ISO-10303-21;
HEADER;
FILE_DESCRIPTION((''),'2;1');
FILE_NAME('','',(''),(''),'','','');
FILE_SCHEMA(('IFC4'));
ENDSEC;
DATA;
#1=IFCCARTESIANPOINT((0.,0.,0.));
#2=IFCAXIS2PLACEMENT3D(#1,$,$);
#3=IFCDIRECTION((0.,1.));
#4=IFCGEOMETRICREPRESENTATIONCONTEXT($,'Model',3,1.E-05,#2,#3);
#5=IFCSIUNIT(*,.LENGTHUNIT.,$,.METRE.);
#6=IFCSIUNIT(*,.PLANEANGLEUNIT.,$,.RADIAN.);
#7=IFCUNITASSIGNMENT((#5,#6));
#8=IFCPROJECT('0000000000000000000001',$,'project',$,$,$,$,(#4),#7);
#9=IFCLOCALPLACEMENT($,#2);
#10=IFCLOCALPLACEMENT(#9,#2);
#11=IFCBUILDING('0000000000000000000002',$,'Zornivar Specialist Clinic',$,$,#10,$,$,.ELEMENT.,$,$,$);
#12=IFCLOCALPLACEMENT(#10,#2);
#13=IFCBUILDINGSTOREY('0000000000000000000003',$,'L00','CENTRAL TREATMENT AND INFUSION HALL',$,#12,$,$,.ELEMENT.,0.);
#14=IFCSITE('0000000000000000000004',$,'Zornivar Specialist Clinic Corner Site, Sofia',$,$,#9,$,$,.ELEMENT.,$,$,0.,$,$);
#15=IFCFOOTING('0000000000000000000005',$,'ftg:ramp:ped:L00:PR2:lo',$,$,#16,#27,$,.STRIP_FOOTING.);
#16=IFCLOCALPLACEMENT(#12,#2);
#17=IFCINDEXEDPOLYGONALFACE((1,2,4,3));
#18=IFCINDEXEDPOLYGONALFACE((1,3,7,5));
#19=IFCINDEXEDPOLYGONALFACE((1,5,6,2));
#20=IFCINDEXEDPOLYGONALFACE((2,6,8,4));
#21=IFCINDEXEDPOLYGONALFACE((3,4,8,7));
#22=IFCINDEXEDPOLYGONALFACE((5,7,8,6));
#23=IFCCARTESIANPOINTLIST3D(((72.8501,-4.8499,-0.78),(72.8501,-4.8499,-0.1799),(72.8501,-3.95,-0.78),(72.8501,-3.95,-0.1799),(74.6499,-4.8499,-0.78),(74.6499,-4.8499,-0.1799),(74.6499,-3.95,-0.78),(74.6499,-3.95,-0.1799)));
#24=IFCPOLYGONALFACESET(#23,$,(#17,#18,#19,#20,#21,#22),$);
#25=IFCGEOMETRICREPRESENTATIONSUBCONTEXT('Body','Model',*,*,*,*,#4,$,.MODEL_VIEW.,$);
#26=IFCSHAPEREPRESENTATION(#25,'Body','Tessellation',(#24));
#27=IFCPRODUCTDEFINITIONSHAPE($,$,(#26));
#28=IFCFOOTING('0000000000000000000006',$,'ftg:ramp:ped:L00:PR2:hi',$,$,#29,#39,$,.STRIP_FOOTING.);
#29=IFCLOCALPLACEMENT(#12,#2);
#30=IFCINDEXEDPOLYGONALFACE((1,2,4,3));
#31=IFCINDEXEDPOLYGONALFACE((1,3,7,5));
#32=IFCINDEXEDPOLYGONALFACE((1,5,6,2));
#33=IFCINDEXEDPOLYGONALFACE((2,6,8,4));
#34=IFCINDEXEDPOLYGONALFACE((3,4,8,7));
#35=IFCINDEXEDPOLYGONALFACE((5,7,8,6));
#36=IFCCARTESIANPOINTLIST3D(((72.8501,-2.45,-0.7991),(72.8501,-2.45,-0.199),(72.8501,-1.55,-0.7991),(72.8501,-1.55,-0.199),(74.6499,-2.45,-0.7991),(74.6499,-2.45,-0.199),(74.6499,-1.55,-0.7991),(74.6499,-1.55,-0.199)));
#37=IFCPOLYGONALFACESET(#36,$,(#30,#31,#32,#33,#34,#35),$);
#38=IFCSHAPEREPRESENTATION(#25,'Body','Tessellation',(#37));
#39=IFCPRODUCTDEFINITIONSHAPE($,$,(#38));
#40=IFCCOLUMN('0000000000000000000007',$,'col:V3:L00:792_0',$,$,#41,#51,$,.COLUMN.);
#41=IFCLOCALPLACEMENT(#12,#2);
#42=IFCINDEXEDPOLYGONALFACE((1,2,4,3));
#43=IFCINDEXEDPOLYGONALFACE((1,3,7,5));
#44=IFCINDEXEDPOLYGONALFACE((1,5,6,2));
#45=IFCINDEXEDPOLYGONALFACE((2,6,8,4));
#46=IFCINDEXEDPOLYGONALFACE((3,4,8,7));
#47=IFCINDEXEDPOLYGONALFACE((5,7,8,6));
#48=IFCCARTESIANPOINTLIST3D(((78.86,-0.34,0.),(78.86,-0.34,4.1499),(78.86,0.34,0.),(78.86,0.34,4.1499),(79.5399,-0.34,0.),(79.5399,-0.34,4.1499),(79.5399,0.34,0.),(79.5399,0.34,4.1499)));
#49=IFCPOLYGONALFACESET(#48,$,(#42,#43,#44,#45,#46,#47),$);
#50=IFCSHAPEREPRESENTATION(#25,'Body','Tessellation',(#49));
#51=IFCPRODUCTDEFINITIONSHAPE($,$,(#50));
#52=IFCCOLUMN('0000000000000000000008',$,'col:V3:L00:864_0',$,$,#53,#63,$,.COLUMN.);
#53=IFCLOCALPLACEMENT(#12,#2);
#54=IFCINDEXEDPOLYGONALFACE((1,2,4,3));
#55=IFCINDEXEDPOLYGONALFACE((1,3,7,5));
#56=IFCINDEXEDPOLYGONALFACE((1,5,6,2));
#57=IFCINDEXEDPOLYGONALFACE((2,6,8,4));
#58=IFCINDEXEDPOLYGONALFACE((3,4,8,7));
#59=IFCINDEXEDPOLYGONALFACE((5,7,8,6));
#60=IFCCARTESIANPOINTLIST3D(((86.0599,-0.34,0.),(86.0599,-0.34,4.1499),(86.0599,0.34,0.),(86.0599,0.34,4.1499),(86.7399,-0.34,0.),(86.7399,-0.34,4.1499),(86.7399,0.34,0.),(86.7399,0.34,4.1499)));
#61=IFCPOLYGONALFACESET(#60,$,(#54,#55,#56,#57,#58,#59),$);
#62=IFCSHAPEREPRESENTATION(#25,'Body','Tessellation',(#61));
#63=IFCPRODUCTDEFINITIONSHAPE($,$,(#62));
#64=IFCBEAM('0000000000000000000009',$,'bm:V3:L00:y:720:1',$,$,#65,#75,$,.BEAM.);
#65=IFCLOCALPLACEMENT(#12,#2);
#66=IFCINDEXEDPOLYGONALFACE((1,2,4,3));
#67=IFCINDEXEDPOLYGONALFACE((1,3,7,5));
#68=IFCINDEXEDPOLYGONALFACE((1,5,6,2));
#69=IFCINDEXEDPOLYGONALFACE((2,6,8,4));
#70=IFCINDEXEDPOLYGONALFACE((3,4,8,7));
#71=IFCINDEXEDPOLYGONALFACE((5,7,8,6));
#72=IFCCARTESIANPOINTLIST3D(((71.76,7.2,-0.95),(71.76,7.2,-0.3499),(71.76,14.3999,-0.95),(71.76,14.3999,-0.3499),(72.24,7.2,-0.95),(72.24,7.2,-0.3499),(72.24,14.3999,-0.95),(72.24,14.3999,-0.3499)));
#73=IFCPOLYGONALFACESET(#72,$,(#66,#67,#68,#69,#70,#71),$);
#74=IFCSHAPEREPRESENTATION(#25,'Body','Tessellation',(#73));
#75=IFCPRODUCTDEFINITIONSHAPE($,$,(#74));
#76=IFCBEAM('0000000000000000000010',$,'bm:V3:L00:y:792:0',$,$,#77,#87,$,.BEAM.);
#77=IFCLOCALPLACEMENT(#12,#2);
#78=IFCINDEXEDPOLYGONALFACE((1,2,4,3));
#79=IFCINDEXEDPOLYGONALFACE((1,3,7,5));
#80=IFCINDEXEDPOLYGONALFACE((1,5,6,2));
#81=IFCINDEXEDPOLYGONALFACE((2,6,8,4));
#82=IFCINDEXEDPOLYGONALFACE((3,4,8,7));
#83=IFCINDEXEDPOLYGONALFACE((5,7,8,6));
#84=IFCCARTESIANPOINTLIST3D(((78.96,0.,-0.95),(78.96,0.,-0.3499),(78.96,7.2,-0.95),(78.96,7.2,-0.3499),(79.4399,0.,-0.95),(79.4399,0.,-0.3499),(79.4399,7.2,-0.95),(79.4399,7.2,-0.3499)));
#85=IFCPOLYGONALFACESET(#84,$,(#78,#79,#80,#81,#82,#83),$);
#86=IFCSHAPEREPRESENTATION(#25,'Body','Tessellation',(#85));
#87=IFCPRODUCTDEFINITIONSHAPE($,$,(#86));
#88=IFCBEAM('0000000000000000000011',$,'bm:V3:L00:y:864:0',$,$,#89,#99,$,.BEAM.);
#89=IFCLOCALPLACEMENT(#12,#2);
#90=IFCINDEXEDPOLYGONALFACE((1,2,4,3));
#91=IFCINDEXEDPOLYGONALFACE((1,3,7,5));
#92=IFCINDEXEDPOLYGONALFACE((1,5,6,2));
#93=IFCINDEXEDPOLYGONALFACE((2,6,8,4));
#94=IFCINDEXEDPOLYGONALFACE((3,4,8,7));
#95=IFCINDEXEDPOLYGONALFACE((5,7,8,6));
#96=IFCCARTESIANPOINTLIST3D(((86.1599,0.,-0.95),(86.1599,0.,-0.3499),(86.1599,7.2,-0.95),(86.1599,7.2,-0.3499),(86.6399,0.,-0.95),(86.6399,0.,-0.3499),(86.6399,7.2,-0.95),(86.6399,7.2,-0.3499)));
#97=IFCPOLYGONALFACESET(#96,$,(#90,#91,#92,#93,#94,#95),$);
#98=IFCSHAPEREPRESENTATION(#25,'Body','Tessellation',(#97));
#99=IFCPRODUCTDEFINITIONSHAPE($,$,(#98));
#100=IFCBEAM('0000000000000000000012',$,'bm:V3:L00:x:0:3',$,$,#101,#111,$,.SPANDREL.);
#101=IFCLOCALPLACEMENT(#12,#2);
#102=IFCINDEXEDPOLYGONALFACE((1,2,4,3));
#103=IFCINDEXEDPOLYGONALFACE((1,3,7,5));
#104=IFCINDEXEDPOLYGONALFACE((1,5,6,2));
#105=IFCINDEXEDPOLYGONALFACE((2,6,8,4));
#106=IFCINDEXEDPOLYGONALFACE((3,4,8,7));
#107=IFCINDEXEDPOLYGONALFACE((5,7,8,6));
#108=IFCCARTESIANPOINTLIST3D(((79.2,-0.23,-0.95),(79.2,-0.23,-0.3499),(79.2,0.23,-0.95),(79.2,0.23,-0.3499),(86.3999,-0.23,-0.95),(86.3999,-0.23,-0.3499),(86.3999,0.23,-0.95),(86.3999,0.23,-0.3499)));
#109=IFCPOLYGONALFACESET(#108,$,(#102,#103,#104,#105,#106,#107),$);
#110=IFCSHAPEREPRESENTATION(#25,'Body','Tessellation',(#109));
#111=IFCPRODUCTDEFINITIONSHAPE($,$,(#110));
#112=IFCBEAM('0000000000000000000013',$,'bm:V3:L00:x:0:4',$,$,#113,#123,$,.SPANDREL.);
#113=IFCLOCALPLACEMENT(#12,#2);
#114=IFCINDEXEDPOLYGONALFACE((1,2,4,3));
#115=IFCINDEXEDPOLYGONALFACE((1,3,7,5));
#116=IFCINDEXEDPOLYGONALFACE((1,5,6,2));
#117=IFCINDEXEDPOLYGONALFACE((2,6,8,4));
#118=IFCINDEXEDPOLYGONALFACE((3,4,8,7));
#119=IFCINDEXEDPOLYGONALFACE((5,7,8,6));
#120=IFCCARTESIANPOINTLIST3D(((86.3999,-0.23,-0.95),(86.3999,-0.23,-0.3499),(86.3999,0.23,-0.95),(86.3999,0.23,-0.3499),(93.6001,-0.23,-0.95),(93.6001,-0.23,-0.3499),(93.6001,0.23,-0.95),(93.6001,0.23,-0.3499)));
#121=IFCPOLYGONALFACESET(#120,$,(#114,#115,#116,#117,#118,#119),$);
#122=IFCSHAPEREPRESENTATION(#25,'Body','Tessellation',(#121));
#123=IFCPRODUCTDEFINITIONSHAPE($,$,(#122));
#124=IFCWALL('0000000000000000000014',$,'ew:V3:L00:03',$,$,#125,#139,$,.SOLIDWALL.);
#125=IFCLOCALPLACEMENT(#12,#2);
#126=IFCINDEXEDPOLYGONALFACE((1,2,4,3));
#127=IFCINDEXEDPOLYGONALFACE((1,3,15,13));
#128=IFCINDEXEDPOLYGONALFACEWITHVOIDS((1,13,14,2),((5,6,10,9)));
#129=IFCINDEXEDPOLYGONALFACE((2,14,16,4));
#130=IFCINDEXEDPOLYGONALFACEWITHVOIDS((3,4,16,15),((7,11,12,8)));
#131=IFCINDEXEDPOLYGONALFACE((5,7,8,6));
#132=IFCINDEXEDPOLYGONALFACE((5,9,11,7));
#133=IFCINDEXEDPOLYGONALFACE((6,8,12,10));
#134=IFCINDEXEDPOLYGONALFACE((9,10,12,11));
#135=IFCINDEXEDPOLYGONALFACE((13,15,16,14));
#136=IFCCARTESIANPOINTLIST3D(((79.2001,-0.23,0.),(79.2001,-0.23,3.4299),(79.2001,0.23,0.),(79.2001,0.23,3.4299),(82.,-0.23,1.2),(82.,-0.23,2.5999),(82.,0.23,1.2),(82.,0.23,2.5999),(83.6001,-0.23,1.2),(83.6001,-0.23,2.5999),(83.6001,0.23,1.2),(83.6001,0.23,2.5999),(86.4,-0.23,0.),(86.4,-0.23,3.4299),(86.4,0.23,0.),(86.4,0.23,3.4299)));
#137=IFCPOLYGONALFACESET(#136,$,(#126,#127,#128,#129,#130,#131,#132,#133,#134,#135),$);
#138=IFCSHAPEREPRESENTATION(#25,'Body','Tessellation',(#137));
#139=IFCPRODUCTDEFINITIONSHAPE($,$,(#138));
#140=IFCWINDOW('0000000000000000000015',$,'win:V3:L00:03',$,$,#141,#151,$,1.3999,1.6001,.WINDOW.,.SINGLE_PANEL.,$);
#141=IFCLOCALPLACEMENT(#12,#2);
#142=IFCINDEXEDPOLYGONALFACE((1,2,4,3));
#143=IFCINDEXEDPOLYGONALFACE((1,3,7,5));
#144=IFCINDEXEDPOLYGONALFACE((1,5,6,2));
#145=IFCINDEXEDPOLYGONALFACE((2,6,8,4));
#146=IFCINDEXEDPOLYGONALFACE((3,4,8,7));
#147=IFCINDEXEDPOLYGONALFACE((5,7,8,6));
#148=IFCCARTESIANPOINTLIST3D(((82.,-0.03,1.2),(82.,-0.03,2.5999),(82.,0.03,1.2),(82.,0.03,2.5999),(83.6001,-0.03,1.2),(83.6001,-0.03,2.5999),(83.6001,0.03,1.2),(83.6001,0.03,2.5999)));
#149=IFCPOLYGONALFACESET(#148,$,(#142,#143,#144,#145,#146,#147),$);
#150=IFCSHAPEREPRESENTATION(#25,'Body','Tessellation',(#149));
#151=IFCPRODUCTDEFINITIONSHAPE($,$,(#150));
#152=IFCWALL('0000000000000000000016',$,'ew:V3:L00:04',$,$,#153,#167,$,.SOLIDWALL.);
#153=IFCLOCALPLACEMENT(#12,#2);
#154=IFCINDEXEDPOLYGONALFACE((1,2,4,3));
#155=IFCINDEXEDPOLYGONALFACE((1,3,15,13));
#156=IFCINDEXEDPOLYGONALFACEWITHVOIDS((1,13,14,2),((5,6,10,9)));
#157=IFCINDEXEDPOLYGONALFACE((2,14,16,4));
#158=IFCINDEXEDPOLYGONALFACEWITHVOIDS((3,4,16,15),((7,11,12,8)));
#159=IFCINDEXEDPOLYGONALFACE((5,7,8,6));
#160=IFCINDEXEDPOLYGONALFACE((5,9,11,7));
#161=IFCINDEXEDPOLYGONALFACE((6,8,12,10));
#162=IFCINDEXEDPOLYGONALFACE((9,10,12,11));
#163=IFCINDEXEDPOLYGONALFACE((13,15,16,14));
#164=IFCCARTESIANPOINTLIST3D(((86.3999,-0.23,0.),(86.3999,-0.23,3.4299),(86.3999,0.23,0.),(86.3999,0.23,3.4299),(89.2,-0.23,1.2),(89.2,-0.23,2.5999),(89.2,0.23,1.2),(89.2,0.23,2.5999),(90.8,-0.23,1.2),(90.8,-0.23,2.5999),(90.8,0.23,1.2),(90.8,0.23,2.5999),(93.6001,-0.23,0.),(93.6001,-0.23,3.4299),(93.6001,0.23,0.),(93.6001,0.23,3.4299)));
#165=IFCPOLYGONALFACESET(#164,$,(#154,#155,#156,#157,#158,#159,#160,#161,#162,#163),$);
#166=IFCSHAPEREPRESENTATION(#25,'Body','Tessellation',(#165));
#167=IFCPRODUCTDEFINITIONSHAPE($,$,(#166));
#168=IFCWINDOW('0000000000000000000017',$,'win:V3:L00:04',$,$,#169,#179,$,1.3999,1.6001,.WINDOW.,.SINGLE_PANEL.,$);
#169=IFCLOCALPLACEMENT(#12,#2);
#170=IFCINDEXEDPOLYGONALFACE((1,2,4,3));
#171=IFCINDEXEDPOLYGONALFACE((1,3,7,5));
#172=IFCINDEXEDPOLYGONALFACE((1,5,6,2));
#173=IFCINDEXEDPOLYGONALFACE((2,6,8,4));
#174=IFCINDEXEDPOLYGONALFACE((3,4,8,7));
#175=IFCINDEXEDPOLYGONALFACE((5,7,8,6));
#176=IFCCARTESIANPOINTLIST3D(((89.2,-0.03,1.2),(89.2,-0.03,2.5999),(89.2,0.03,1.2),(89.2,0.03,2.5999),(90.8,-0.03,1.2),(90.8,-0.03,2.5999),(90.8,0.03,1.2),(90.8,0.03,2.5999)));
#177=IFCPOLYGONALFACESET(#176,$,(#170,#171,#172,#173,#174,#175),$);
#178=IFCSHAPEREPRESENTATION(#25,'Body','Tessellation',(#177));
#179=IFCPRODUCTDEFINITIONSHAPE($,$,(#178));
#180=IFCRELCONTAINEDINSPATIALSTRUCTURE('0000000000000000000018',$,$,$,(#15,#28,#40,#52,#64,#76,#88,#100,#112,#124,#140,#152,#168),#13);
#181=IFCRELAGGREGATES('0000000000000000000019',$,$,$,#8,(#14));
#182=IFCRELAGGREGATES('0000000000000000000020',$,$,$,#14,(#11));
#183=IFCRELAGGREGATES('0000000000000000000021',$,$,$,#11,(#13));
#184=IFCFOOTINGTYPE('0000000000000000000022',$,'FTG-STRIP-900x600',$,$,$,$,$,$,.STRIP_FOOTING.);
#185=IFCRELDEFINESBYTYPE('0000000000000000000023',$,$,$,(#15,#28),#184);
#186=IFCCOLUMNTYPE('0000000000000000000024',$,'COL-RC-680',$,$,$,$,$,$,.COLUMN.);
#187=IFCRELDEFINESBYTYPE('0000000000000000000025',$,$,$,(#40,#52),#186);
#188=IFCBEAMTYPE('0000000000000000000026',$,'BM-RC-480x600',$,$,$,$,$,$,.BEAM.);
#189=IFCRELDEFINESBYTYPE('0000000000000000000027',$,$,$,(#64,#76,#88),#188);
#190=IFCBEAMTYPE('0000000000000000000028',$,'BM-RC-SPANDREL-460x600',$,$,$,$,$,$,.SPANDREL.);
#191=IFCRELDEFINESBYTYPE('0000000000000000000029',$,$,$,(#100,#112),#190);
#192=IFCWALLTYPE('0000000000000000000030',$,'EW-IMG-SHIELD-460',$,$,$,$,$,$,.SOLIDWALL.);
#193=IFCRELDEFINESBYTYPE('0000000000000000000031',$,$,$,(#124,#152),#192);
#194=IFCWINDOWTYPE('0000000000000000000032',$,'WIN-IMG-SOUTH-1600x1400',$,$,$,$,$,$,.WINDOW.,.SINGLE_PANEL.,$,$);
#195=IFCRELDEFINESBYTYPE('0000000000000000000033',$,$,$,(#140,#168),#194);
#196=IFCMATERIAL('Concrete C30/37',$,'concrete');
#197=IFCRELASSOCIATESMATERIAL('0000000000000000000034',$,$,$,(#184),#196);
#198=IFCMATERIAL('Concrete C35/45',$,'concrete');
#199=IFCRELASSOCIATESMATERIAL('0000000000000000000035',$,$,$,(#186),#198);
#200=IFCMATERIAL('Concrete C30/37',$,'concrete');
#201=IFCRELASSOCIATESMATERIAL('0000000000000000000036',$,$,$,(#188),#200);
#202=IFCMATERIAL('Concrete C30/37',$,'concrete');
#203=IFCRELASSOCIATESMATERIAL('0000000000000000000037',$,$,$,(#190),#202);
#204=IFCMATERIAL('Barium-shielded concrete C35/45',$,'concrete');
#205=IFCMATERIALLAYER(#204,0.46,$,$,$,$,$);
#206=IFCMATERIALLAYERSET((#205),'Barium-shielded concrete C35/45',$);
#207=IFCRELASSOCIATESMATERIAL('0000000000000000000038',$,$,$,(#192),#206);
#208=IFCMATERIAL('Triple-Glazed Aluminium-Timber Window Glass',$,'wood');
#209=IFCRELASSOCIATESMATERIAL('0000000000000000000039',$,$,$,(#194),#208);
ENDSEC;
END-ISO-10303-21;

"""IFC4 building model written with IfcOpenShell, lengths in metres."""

from ifc_helpers import new_model, si_unit, direction, frame, frame_2d, origin, origin_2d, place, context, subcontext, project, spatial, rectangle, extrude, material, layer, layer_set, material_profile, profile_set, type_object, element, fill, save


model = new_model("IFC4")

# Units and contexts
model_context = context("Model", 3, precision=1e-05, world=origin(), true_north=direction((0.0, 1.0)))
body_context = subcontext(model_context, "Body", "Model", "MODEL_VIEW")
ifc_project = project(units=[si_unit("LENGTHUNIT", "METRE"), si_unit("PLANEANGLEUNIT", "RADIAN")], contexts=[model_context])

# Site, building, storey
site_placement = place(None, origin())
site = spatial("IfcSite", under=ifc_project, at=site_placement, Name="Zornivar Specialist Clinic Corner Site, Sofia", CompositionType="ELEMENT", RefElevation=0.0)
building_placement = place(site_placement, origin())
building = spatial("IfcBuilding", under=site, at=building_placement, Name="Zornivar Specialist Clinic", CompositionType="ELEMENT")
storey_placement = place(building_placement, origin())
storey = spatial("IfcBuildingStorey", under=building, at=storey_placement, Name="L00", Description="CENTRAL TREATMENT AND INFUSION HALL", CompositionType="ELEMENT", Elevation=0.0)

# Footings
ifc_material_1 = material(Name="Concrete C30/37", Category="concrete")
ifc_material_profile_1 = material_profile(ifc_material_1, rectangle(XDim=0.8999, YDim=0.6001, at=origin_2d()), Name="RC 900x600")
ifc_profile_set_1 = profile_set([ifc_material_profile_1], Name="Concrete C30/37")
footing_type = type_object("IfcFootingType", Name="FTG-STRIP-900x600", PredefinedType="STRIP_FOOTING", material=ifc_profile_set_1)
for number, where, z_axis, x_axis, name in (
    (1, (72.8501, -4.3999, -0.48), (1.0, 0.0, 0.0), (0.0, 1.0, 0.0), "ftg:ramp:ped:L00:PR2:lo"),
    (2, (72.8501, -2.0, -0.499), (1.0, 0.0, 0.0), (0.0, 1.0, 0.0), "ftg:ramp:ped:L00:PR2:hi"),
):
    element("IfcFooting", number, at=place(storey_placement, frame(where, z_axis=z_axis, x_axis=x_axis)), inside=storey, type_object=footing_type, Name=name, PredefinedType="STRIP_FOOTING", context=body_context, shape_type="SweptSolid", body=[
        extrude(rectangle(XDim=0.8999, YDim=0.6001, at=origin_2d()), origin(), (0.0, 0.0, 1.0), 1.7998),
    ])

# Columns
ifc_material_2 = material(Name="Concrete C35/45", Category="concrete")
ifc_material_profile_2 = material_profile(ifc_material_2, rectangle(XDim=0.6799, YDim=0.6799, at=origin_2d()), Name="RC 680x680")
ifc_profile_set_2 = profile_set([ifc_material_profile_2], Name="Concrete C35/45")
column_type = type_object("IfcColumnType", Name="COL-RC-680", PredefinedType="COLUMN", material=ifc_profile_set_2)
for number, where, z_axis, x_axis, name in (
    (3, (79.2, 0.0, 0.0), (0.0, 0.0, 1.0), (1.0, 0.0, 0.0), "col:V3:L00:792_0"),
    (4, (86.3999, 0.0, 0.0), (0.0, 0.0, 1.0), (1.0, 0.0, 0.0), "col:V3:L00:864_0"),
):
    element("IfcColumn", number, at=place(storey_placement, frame(where, z_axis=z_axis, x_axis=x_axis)), inside=storey, type_object=column_type, Name=name, PredefinedType="COLUMN", context=body_context, shape_type="SweptSolid", body=[
        extrude(rectangle(XDim=0.6799, YDim=0.6799, at=origin_2d()), origin(), (0.0, 0.0, 1.0), 4.1499),
    ])

# Beams
ifc_material_3 = material(Name="Concrete C30/37", Category="concrete")
ifc_material_profile_3 = material_profile(ifc_material_3, rectangle(XDim=0.48, YDim=0.6001, at=origin_2d()), Name="RC 480x600")
ifc_profile_set_3 = profile_set([ifc_material_profile_3], Name="Concrete C30/37")
beam_type_1 = type_object("IfcBeamType", Name="BM-RC-480x600", PredefinedType="BEAM", material=ifc_profile_set_3)
for number, where, z_axis, x_axis, name in (
    (5, (72.0, 7.2, -0.6499), (0.0, 1.0, 0.0), (-1.0, 0.0, 0.0), "bm:V3:L00:y:720:1"),
    (6, (79.2, 0.0, -0.6499), (0.0, 1.0, 0.0), (-1.0, 0.0, 0.0), "bm:V3:L00:y:792:0"),
    (7, (86.3999, 0.0, -0.6499), (0.0, 1.0, 0.0), (-1.0, 0.0, 0.0), "bm:V3:L00:y:864:0"),
):
    element("IfcBeam", number, at=place(storey_placement, frame(where, z_axis=z_axis, x_axis=x_axis)), inside=storey, type_object=beam_type_1, Name=name, PredefinedType="BEAM", context=body_context, shape_type="SweptSolid", body=[
        extrude(rectangle(XDim=0.48, YDim=0.6001, at=origin_2d()), origin(), (0.0, 0.0, 1.0), 7.2),
    ])
ifc_material_4 = material(Name="Concrete C30/37", Category="concrete")
ifc_material_profile_4 = material_profile(ifc_material_4, rectangle(XDim=0.46, YDim=0.6001, at=origin_2d()), Name="RC 460x600")
ifc_profile_set_4 = profile_set([ifc_material_profile_4], Name="Concrete C30/37")
beam_type_2 = type_object("IfcBeamType", Name="BM-RC-SPANDREL-460x600", PredefinedType="SPANDREL", material=ifc_profile_set_4)
beam_1_placement = place(storey_placement, frame((79.2, 0.0, -0.6499), z_axis=(1.0, 0.0, 0.0), x_axis=(0.0, 1.0, 0.0)))
element("IfcBeam", 8, at=beam_1_placement, inside=storey, type_object=beam_type_2, Name="bm:V3:L00:x:0:3", PredefinedType="SPANDREL", context=body_context, shape_type="SweptSolid", body=[
    extrude(rectangle(XDim=0.46, YDim=0.6001, at=origin_2d()), origin(), (0.0, 0.0, 1.0), 7.2),
])
beam_2_placement = place(storey_placement, frame((86.3999, 0.0, -0.6499), z_axis=(1.0, 0.0, 0.0), x_axis=(0.0, 1.0, 0.0)))
element("IfcBeam", 9, at=beam_2_placement, inside=storey, type_object=beam_type_2, Name="bm:V3:L00:x:0:4", PredefinedType="SPANDREL", context=body_context, shape_type="SweptSolid", body=[
    extrude(rectangle(XDim=0.46, YDim=0.6001, at=origin_2d()), origin(), (0.0, 0.0, 1.0), 7.2002),
])

# Walls, openings, windows
ifc_material_5 = material(Name="Barium-shielded concrete C35/45", Category="concrete")
ifc_layer_1 = layer(ifc_material_5, 0.46)
ifc_layer_set_1 = layer_set([ifc_layer_1], Name="Barium-shielded concrete C35/45")
wall_type_1 = type_object("IfcWallType", Name="EW-IMG-SHIELD-460", PredefinedType="SOLIDWALL", material=ifc_layer_set_1)
wall_1_placement = place(storey_placement, frame((79.2, 0.0, 0.0), z_axis=(0.0, 0.0, 1.0), x_axis=(1.0, 0.0, 0.0)))
wall_1 = element("IfcWall", 10, at=wall_1_placement, inside=storey, type_object=wall_type_1, Name="ew:V3:L00:03", PredefinedType="SOLIDWALL", context=body_context, shape_type="SweptSolid", body=[
    extrude(rectangle(XDim=7.2, YDim=0.46, at=frame_2d((3.6001, 0.0))), origin(), (0.0, 0.0, 1.0), 3.4299),
])
opening_1_placement = place(wall_1_placement, frame((2.8, 0.0, 1.2)))
opening_1 = element("IfcOpeningElement", 11, at=opening_1_placement, cuts=wall_1, PredefinedType="OPENING", context=body_context, shape_type="SweptSolid", body=[
    extrude(rectangle(XDim=1.6001, YDim=1.3999, at=frame_2d((0.8, 0.7))), frame((0.0, 0.24, 0.0), z_axis=(0.0, -1.0, 0.0), x_axis=(1.0, 0.0, 0.0)), (0.0, 0.0, 1.0), 0.48),
])
ifc_material_6 = material(Name="Triple-Glazed Aluminium-Timber Window Glass", Category="wood")
window_type = type_object("IfcWindowType", Name="WIN-IMG-SOUTH-1600x1400", PartitioningType="SINGLE_PANEL", PredefinedType="WINDOW", material=ifc_material_6)
window_1_placement = place(opening_1_placement, origin())
window_1 = element("IfcWindow", 12, at=window_1_placement, inside=storey, type_object=window_type, Name="win:V3:L00:03", OverallHeight=1.3999, OverallWidth=1.6001, PartitioningType="SINGLE_PANEL", PredefinedType="WINDOW", context=body_context, shape_type="SweptSolid", body=[
    extrude(rectangle(XDim=1.6001, YDim=1.3999, at=frame_2d((0.8, 0.7))), frame((0.0, 0.03, 0.0), z_axis=(0.0, -1.0, 0.0), x_axis=(1.0, 0.0, 0.0)), (0.0, 0.0, 1.0), 0.0601),
])
fill(opening_1, window_1)
wall_2_placement = place(storey_placement, frame((86.3999, 0.0, 0.0), z_axis=(0.0, 0.0, 1.0), x_axis=(1.0, 0.0, 0.0)))
wall_2 = element("IfcWall", 13, at=wall_2_placement, inside=storey, type_object=wall_type_1, Name="ew:V3:L00:04", PredefinedType="SOLIDWALL", context=body_context, shape_type="SweptSolid", body=[
    extrude(rectangle(XDim=7.2002, YDim=0.46, at=frame_2d((3.6001, 0.0))), origin(), (0.0, 0.0, 1.0), 3.4299),
])
opening_2_placement = place(wall_2_placement, frame((2.8, 0.0, 1.2)))
opening_2 = element("IfcOpeningElement", 14, at=opening_2_placement, cuts=wall_2, PredefinedType="OPENING", context=body_context, shape_type="SweptSolid", body=[
    extrude(rectangle(XDim=1.6001, YDim=1.3999, at=frame_2d((0.8, 0.7))), frame((0.0, 0.24, 0.0), z_axis=(0.0, -1.0, 0.0), x_axis=(1.0, 0.0, 0.0)), (0.0, 0.0, 1.0), 0.48),
])
window_2_placement = place(opening_2_placement, origin())
window_2 = element("IfcWindow", 15, at=window_2_placement, inside=storey, type_object=window_type, Name="win:V3:L00:04", OverallHeight=1.3999, OverallWidth=1.6001, PartitioningType="SINGLE_PANEL", PredefinedType="WINDOW", context=body_context, shape_type="SweptSolid", body=[
    extrude(rectangle(XDim=1.6001, YDim=1.3999, at=frame_2d((0.8, 0.7))), frame((0.0, 0.03, 0.0), z_axis=(0.0, -1.0, 0.0), x_axis=(1.0, 0.0, 0.0)), (0.0, 0.0, 1.0), 0.0601),
])
fill(opening_2, window_2)

save(model, "model.ifc")
